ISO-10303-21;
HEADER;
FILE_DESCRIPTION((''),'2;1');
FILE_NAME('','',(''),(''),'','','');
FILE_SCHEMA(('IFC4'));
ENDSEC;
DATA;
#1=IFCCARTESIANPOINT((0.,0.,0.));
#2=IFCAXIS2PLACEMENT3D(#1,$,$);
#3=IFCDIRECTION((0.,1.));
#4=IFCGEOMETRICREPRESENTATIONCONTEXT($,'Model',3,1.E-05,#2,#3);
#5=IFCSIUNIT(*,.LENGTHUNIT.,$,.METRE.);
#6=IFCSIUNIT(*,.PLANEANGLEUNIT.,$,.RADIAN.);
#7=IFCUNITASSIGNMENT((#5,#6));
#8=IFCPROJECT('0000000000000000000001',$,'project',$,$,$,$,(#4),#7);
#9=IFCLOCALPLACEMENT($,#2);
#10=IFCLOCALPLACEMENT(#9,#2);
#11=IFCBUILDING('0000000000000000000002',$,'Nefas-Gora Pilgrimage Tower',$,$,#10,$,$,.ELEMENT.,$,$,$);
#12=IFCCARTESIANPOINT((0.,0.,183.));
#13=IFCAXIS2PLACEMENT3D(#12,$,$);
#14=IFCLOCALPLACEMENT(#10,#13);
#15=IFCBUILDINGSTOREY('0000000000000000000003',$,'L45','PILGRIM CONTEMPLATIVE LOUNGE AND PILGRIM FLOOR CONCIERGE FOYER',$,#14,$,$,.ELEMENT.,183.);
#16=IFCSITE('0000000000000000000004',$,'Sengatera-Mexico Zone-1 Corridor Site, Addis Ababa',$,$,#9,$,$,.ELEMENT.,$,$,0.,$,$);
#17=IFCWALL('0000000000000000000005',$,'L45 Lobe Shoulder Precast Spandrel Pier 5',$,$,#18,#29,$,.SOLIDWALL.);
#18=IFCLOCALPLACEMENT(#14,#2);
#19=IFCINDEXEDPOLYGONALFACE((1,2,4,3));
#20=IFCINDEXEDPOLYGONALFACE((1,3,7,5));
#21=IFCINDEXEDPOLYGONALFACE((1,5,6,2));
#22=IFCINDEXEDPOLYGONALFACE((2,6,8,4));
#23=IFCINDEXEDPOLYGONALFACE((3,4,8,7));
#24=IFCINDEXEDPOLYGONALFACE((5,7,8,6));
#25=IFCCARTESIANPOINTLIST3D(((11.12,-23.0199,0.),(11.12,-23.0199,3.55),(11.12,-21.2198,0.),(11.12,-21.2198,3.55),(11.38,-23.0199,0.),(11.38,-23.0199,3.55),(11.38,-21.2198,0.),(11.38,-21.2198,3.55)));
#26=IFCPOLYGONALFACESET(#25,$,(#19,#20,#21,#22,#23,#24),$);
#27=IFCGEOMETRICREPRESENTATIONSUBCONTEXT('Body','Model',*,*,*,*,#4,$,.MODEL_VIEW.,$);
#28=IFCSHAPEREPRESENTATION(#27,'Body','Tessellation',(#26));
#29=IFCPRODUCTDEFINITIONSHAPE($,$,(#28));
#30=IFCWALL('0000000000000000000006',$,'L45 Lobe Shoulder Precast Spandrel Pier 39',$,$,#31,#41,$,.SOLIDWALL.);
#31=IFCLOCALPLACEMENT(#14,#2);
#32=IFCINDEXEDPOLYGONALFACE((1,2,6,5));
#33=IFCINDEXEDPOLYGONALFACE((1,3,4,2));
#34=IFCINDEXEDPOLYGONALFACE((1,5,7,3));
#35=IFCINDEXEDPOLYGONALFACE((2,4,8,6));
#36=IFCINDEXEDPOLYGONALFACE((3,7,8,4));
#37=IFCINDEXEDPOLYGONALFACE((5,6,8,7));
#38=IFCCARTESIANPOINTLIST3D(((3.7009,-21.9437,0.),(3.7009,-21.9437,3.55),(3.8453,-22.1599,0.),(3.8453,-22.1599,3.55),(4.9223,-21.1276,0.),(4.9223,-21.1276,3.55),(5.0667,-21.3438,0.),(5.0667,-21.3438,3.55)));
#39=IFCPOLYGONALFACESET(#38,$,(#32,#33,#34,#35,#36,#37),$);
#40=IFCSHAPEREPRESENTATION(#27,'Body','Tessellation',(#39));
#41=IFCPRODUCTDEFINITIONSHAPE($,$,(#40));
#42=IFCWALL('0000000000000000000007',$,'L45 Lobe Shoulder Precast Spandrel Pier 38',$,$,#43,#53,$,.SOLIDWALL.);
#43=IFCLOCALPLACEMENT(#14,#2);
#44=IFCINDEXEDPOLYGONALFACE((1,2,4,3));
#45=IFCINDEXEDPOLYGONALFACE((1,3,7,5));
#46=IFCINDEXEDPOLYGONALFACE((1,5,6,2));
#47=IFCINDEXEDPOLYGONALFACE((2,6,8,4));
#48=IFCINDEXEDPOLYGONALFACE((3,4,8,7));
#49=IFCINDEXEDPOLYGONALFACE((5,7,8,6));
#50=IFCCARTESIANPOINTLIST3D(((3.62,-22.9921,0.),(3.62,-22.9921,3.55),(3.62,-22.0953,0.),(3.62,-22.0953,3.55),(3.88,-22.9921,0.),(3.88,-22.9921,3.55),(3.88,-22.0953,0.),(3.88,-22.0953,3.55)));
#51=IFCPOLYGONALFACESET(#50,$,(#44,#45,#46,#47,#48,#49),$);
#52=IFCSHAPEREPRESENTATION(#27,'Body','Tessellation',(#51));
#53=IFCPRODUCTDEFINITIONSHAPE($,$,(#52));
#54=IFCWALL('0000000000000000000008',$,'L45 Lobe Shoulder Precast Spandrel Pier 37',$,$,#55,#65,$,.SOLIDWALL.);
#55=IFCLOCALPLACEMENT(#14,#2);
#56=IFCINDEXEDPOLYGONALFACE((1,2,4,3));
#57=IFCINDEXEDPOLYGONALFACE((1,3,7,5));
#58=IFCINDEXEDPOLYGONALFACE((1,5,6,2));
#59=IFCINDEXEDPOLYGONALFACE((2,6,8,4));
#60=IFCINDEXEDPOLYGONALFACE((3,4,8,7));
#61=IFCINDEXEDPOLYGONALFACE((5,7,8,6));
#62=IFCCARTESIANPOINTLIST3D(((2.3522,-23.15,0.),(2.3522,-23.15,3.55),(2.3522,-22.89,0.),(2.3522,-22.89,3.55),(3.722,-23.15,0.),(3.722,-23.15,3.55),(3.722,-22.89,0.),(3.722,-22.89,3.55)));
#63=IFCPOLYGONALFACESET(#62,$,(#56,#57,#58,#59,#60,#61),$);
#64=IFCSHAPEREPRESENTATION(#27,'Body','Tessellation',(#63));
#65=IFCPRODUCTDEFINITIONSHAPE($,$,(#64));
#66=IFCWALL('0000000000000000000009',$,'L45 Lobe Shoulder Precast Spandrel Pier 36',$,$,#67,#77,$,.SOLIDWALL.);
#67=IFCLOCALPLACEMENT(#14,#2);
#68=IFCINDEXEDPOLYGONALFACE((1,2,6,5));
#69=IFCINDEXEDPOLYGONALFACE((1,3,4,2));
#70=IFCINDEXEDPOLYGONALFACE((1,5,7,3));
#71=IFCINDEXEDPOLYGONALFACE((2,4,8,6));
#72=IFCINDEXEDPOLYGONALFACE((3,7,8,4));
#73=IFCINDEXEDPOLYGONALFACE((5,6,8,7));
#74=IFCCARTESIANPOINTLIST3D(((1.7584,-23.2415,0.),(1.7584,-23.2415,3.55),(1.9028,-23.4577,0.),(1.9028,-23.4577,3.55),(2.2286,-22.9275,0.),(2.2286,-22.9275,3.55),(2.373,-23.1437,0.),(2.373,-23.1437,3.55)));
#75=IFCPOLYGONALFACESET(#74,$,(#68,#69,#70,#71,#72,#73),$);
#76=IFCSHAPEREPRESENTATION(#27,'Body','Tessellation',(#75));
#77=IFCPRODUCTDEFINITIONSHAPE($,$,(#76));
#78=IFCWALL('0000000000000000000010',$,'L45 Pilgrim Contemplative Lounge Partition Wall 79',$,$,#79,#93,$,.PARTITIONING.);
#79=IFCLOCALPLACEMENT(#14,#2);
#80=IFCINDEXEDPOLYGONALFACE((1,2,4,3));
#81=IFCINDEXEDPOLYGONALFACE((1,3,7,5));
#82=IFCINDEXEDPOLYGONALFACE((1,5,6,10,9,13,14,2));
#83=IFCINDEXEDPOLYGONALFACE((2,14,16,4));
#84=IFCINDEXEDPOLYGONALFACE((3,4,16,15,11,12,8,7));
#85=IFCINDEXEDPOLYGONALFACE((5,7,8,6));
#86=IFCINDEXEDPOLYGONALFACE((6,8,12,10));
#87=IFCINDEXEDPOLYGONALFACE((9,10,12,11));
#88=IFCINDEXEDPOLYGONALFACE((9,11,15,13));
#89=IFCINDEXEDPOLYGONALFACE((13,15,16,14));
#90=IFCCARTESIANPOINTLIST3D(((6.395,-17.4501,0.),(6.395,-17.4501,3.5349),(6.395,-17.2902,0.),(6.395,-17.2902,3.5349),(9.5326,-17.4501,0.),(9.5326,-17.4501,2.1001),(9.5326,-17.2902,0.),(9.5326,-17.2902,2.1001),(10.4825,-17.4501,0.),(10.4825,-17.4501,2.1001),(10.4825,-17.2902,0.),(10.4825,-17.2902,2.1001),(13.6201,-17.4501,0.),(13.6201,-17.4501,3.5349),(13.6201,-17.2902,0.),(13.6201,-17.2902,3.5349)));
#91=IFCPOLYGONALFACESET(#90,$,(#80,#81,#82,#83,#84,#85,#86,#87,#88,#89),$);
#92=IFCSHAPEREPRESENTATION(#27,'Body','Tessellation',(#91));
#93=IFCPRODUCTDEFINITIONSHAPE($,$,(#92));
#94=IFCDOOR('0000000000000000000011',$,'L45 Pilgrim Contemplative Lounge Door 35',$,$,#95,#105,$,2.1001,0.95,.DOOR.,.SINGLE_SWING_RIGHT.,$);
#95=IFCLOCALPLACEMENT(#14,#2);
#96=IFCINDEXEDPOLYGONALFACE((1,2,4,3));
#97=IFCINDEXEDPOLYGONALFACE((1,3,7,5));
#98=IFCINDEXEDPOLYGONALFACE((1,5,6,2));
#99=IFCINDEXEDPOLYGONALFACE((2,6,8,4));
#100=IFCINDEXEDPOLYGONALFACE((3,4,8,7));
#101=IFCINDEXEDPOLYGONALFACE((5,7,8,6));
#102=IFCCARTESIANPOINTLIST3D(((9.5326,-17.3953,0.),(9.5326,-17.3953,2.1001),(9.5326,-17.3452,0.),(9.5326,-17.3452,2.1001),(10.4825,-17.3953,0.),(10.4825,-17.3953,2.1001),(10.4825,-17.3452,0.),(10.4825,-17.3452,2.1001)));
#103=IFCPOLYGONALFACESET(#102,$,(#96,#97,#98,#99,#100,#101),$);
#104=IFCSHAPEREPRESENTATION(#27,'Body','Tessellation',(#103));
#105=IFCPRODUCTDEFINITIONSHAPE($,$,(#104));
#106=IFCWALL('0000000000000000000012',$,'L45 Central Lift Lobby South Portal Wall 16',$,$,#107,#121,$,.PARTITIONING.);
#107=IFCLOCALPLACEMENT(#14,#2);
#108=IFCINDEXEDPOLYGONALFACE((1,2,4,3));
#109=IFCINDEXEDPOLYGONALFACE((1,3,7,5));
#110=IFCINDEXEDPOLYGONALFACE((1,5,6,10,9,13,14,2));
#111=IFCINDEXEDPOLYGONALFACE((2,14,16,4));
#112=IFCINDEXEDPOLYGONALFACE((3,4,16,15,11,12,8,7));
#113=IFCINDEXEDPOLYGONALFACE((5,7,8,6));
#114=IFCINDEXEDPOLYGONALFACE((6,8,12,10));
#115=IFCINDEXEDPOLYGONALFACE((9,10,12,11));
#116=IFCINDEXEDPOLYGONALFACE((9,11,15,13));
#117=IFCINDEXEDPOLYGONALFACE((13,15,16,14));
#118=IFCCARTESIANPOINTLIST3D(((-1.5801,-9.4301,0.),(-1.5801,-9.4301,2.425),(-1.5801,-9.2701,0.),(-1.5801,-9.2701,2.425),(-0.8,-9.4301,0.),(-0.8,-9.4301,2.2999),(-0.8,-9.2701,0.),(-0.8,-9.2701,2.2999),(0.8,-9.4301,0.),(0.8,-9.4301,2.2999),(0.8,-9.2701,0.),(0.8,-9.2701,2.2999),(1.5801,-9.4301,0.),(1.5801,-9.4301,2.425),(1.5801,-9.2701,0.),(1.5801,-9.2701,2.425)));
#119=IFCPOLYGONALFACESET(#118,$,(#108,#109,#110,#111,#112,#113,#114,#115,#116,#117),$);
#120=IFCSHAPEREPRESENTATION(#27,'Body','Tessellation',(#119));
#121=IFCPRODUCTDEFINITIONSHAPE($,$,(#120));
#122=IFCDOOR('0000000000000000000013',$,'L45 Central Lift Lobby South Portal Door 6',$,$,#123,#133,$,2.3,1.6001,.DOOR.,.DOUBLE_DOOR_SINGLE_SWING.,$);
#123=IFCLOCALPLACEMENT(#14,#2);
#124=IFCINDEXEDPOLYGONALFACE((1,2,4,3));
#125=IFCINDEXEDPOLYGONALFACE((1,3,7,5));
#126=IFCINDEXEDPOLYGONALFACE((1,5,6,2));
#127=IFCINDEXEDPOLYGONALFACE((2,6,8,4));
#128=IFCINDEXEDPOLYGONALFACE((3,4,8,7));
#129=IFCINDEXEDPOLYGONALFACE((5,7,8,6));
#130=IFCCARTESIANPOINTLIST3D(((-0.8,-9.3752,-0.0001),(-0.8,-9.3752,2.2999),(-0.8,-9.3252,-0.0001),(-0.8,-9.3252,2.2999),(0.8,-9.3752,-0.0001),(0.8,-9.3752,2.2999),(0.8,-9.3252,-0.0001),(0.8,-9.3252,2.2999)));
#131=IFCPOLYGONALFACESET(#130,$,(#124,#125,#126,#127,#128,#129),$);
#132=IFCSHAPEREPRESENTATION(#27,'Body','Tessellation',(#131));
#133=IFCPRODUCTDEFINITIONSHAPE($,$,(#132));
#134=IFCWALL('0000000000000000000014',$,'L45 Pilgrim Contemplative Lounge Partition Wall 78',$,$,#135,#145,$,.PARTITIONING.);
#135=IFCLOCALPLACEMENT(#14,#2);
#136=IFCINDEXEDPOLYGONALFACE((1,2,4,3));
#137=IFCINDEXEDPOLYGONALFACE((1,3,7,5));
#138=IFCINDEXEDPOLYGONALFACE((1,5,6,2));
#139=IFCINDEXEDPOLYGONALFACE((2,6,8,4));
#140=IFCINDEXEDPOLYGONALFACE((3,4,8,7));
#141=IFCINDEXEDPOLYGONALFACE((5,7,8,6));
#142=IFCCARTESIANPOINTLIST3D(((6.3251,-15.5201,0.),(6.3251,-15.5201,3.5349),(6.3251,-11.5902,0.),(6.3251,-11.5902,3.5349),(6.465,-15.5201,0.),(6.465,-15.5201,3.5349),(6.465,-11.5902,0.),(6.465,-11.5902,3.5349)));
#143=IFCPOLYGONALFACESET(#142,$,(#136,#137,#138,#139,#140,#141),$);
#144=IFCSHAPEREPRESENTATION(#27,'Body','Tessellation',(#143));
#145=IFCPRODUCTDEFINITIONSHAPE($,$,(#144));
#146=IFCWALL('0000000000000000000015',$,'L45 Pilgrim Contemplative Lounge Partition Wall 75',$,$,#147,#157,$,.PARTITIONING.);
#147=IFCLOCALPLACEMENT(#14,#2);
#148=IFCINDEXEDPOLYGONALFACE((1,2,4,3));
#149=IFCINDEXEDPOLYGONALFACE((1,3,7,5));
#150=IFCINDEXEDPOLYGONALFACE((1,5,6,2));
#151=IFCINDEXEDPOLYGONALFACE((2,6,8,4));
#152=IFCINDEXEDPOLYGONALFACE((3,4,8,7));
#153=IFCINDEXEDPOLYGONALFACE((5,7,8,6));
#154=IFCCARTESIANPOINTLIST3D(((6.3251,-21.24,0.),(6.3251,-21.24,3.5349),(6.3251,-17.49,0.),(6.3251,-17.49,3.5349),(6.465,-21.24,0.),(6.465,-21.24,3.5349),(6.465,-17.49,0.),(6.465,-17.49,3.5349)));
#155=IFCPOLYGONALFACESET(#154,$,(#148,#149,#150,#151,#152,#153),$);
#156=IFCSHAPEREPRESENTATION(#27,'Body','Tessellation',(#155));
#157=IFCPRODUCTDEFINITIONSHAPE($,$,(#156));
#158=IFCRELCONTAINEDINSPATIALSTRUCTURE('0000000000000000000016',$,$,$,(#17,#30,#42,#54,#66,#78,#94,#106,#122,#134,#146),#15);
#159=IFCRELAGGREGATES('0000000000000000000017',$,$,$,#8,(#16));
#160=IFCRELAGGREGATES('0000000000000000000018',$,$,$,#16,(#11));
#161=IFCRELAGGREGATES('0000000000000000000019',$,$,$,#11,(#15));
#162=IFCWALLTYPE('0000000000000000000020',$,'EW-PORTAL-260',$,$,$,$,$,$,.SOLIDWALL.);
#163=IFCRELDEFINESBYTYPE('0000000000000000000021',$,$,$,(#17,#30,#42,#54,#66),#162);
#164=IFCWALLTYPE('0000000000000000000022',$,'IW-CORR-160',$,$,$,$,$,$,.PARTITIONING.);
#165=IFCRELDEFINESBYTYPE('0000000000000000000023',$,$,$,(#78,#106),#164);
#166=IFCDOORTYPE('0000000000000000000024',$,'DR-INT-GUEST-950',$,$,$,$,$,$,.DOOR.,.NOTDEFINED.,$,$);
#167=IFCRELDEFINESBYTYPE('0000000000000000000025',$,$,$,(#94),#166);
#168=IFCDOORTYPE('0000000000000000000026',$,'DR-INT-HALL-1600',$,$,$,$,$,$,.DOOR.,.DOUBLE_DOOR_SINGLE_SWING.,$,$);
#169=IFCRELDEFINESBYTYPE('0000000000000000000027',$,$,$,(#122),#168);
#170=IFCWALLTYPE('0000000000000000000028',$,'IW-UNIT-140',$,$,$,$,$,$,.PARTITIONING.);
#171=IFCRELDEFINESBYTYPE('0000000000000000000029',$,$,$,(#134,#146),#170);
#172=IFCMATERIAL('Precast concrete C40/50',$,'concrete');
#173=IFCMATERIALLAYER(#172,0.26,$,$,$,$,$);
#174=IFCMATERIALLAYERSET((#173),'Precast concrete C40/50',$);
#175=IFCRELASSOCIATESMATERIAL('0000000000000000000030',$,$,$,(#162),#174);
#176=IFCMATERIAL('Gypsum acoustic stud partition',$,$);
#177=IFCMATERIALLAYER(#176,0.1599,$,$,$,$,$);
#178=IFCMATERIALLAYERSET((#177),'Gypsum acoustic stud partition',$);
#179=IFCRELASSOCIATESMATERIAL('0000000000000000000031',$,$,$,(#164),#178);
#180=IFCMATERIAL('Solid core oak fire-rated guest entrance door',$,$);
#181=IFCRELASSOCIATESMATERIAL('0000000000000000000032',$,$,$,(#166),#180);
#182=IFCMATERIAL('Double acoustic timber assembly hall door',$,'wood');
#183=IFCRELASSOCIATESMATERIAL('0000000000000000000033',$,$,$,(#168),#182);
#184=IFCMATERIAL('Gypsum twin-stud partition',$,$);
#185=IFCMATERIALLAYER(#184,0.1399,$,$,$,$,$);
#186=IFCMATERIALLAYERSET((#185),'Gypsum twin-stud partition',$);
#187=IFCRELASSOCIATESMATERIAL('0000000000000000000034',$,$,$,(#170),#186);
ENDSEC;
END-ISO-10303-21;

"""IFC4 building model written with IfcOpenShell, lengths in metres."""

from ifc_helpers import new_model, si_unit, direction, frame, frame_2d, origin, place, context, subcontext, project, spatial, rectangle, extrude, source, transform, mapped, material, layer, layer_set, type_object, element, fill, save


model = new_model("IFC4")

# Units and contexts
model_context = context("Model", 3, precision=1e-05, world=origin(), true_north=direction((0.0, 1.0)))
body_context = subcontext(model_context, "Body", "Model", "MODEL_VIEW")
ifc_project = project(units=[si_unit("LENGTHUNIT", "METRE"), si_unit("PLANEANGLEUNIT", "RADIAN")], contexts=[model_context])

# Site, building, storey
site_placement = place(None, origin())
site = spatial("IfcSite", under=ifc_project, at=site_placement, Name="Sengatera-Mexico Zone-1 Corridor Site, Addis Ababa", CompositionType="ELEMENT", RefElevation=0.0)
building_placement = place(site_placement, origin())
building = spatial("IfcBuilding", under=site, at=building_placement, Name="Nefas-Gora Pilgrimage Tower", CompositionType="ELEMENT")
storey_placement = place(building_placement, frame((0.0, 0.0, 183.0)))
storey = spatial("IfcBuildingStorey", under=building, at=storey_placement, Name="L45", Description="PILGRIM CONTEMPLATIVE LOUNGE AND PILGRIM FLOOR CONCIERGE FOYER", CompositionType="ELEMENT", Elevation=183.0)

# Walls
ifc_material_1 = material(Name="Precast concrete C40/50", Category="concrete")
ifc_layer_1 = layer(ifc_material_1, 0.26)
ifc_layer_set_1 = layer_set([ifc_layer_1], Name="Precast concrete C40/50")
wall_type_1 = type_object("IfcWallType", Name="EW-PORTAL-260", PredefinedType="SOLIDWALL", material=ifc_layer_set_1)
shared_shape_1 = source(origin(), body_context, "Body", "SweptSolid", [
    extrude(rectangle(XDim=1.8, YDim=0.26, at=frame_2d((0.8999, 0.0))), origin(), (0.0, 0.0, 1.0), 3.55),
])
wall_1_placement = place(storey_placement, frame((11.25, -21.22, 0.0), z_axis=(0.0, 0.0, 1.0), x_axis=(0.0, -1.0, 0.0)))
element("IfcWall", 1, at=wall_1_placement, inside=storey, type_object=wall_type_1, Name="L45 Lobe Shoulder Precast Spandrel Pier 5", PredefinedType="SOLIDWALL", context=body_context, shape_type="MappedRepresentation", body=[
    mapped(shared_shape_1, transform((0.0, 0.0, 0.0), x_axis=(1.0, 0.0, 0.0), y_axis=(0.0, 1.0, 0.0), z_axis=(0.0, 0.0, 1.0), scale=1.0)),
])
shared_shape_2 = source(origin(), body_context, "Body", "SweptSolid", [
    extrude(rectangle(XDim=1.469, YDim=0.26, at=frame_2d((0.7344, 0.0))), origin(), (0.0, 0.0, 1.0), 3.55),
])
wall_2_placement = place(storey_placement, frame((3.7732, -22.0518, 0.0), z_axis=(0.0, 0.0, 1.0), x_axis=(0.831462, 0.555582, 0.0)))
element("IfcWall", 2, at=wall_2_placement, inside=storey, type_object=wall_type_1, Name="L45 Lobe Shoulder Precast Spandrel Pier 39", PredefinedType="SOLIDWALL", context=body_context, shape_type="MappedRepresentation", body=[
    mapped(shared_shape_2, transform((0.0, 0.0, 0.0), x_axis=(1.0, 0.0, 0.0), y_axis=(0.0, 1.0, 0.0), z_axis=(0.0, 0.0, 1.0), scale=1.0)),
])
shared_shape_3 = source(origin(), body_context, "Body", "SweptSolid", [
    extrude(rectangle(XDim=0.8967, YDim=0.26, at=frame_2d((0.4482, 0.0))), origin(), (0.0, 0.0, 1.0), 3.55),
])
wall_3_placement = place(storey_placement, frame((3.75, -22.9919, 0.0), z_axis=(0.0, 0.0, 1.0), x_axis=(0.0, 1.0, 0.0)))
element("IfcWall", 3, at=wall_3_placement, inside=storey, type_object=wall_type_1, Name="L45 Lobe Shoulder Precast Spandrel Pier 38", PredefinedType="SOLIDWALL", context=body_context, shape_type="MappedRepresentation", body=[
    mapped(shared_shape_3, transform((0.0, 0.0, 0.0), x_axis=(1.0, 0.0, 0.0), y_axis=(0.0, 1.0, 0.0), z_axis=(0.0, 0.0, 1.0), scale=1.0)),
])
shared_shape_4 = source(origin(), body_context, "Body", "SweptSolid", [
    extrude(rectangle(XDim=1.3699, YDim=0.26, at=frame_2d((0.6851, 0.0))), origin(), (0.0, 0.0, 1.0), 3.55),
])
wall_4_placement = place(storey_placement, frame((2.3521, -23.02, 0.0), z_axis=(0.0, 0.0, 1.0), x_axis=(1.0, 0.0, 0.0)))
element("IfcWall", 4, at=wall_4_placement, inside=storey, type_object=wall_type_1, Name="L45 Lobe Shoulder Precast Spandrel Pier 37", PredefinedType="SOLIDWALL", context=body_context, shape_type="MappedRepresentation", body=[
    mapped(shared_shape_4, transform((0.0, 0.0, 0.0), x_axis=(1.0, 0.0, 0.0), y_axis=(0.0, 1.0, 0.0), z_axis=(0.0, 0.0, 1.0), scale=1.0)),
])
shared_shape_5 = source(origin(), body_context, "Body", "SweptSolid", [
    extrude(rectangle(XDim=0.5654, YDim=0.26, at=frame_2d((0.2827, 0.0))), origin(), (0.0, 0.0, 1.0), 3.55),
])
wall_5_placement = place(storey_placement, frame((1.8306, -23.3496, 0.0), z_axis=(0.0, 0.0, 1.0), x_axis=(0.831651, 0.555298, 0.0)))
element("IfcWall", 5, at=wall_5_placement, inside=storey, type_object=wall_type_1, Name="L45 Lobe Shoulder Precast Spandrel Pier 36", PredefinedType="SOLIDWALL", context=body_context, shape_type="MappedRepresentation", body=[
    mapped(shared_shape_5, transform((0.0, 0.0, 0.0), x_axis=(1.0, 0.0, 0.0), y_axis=(0.0, 1.0, 0.0), z_axis=(0.0, 0.0, 1.0), scale=1.0)),
])

# Walls, openings, doors
ifc_material_2 = material(Name="Gypsum acoustic stud partition")
ifc_layer_2 = layer(ifc_material_2, 0.1599)
ifc_layer_set_2 = layer_set([ifc_layer_2], Name="Gypsum acoustic stud partition")
wall_type_2 = type_object("IfcWallType", Name="IW-CORR-160", PredefinedType="PARTITIONING", material=ifc_layer_set_2)
shared_shape_6 = source(origin(), body_context, "Body", "SweptSolid", [
    extrude(rectangle(XDim=7.2251, YDim=0.1599, at=frame_2d((3.6125, 0.0))), origin(), (0.0, 0.0, 1.0), 3.5349),
])
wall_6_placement = place(storey_placement, frame((6.395, -17.3701, 0.0), z_axis=(0.0, 0.0, 1.0), x_axis=(1.0, 0.0, 0.0)))
wall_6 = element("IfcWall", 6, at=wall_6_placement, inside=storey, type_object=wall_type_2, Name="L45 Pilgrim Contemplative Lounge Partition Wall 79", PredefinedType="PARTITIONING", context=body_context, shape_type="MappedRepresentation", body=[
    mapped(shared_shape_6, transform((0.0, 0.0, 0.0), x_axis=(1.0, 0.0, 0.0), y_axis=(0.0, 1.0, 0.0), z_axis=(0.0, 0.0, 1.0), scale=1.0)),
])
opening_1_placement = place(wall_6_placement, frame((3.1375, 0.0, 0.0)))
opening_1 = element("IfcOpeningElement", 7, at=opening_1_placement, cuts=wall_6, PredefinedType="OPENING", context=body_context, shape_type="SweptSolid", body=[
    extrude(rectangle(XDim=0.95, YDim=2.1001, at=frame_2d((0.4751, 1.05))), frame((0.0, 0.0898, 0.0), z_axis=(0.0, -1.0, 0.0), x_axis=(1.0, 0.0, 0.0)), (0.0, 0.0, 1.0), 0.1799),
])
ifc_material_3 = material(Name="Solid core oak fire-rated guest entrance door")
door_type_1 = type_object("IfcDoorType", Name="DR-INT-GUEST-950", OperationType="NOTDEFINED", PredefinedType="DOOR", material=ifc_material_3)
shared_shape_7 = source(origin(), body_context, "Body", "SweptSolid", [
    extrude(rectangle(XDim=0.95, YDim=2.1001, at=frame_2d((0.4751, 1.05))), frame((0.0, 0.0249, 0.0), z_axis=(0.0, -1.0, 0.0), x_axis=(1.0, 0.0, 0.0)), (0.0, 0.0, 1.0), 0.05),
])
door_1_placement = place(opening_1_placement, origin())
door_1 = element("IfcDoor", 8, at=door_1_placement, inside=storey, type_object=door_type_1, Name="L45 Pilgrim Contemplative Lounge Door 35", OperationType="SINGLE_SWING_RIGHT", OverallHeight=2.1001, OverallWidth=0.95, PredefinedType="DOOR", context=body_context, shape_type="MappedRepresentation", body=[
    mapped(shared_shape_7, transform((0.0, 0.0, 0.0), x_axis=(1.0, 0.0, 0.0), y_axis=(0.0, 1.0, 0.0), z_axis=(0.0, 0.0, 1.0), scale=1.0)),
])
fill(opening_1, door_1)
shared_shape_8 = source(origin(), body_context, "Body", "SweptSolid", [
    extrude(rectangle(XDim=3.1602, YDim=0.1599, at=frame_2d((1.5801, 0.0))), origin(), (0.0, 0.0, 1.0), 2.425),
])
wall_7_placement = place(storey_placement, frame((-1.5801, -9.3501, 0.0), z_axis=(0.0, 0.0, 1.0), x_axis=(1.0, 0.0, 0.0)))
wall_7 = element("IfcWall", 9, at=wall_7_placement, inside=storey, type_object=wall_type_2, Name="L45 Central Lift Lobby South Portal Wall 16", PredefinedType="PARTITIONING", context=body_context, shape_type="MappedRepresentation", body=[
    mapped(shared_shape_8, transform((0.0, 0.0, 0.0), x_axis=(1.0, 0.0, 0.0), y_axis=(0.0, 1.0, 0.0), z_axis=(0.0, 0.0, 1.0), scale=1.0)),
])
opening_2_placement = place(wall_7_placement, frame((0.78, 0.0, 0.0)))
opening_2 = element("IfcOpeningElement", 10, at=opening_2_placement, cuts=wall_7, PredefinedType="OPENING", context=body_context, shape_type="SweptSolid", body=[
    extrude(rectangle(XDim=1.6001, YDim=2.3, at=frame_2d((0.8, 1.1499))), frame((0.0, 0.0898, 0.0), z_axis=(0.0, -1.0, 0.0), x_axis=(1.0, 0.0, 0.0)), (0.0, 0.0, 1.0), 0.1799),
])
ifc_material_4 = material(Name="Double acoustic timber assembly hall door", Category="wood")
door_type_2 = type_object("IfcDoorType", Name="DR-INT-HALL-1600", OperationType="DOUBLE_DOOR_SINGLE_SWING", PredefinedType="DOOR", material=ifc_material_4)
shared_shape_9 = source(origin(), body_context, "Body", "SweptSolid", [
    extrude(rectangle(XDim=1.6001, YDim=2.3, at=frame_2d((0.8, 1.1499))), frame((0.0, 0.0249, 0.0), z_axis=(0.0, -1.0, 0.0), x_axis=(1.0, 0.0, 0.0)), (0.0, 0.0, 1.0), 0.05),
])
door_2_placement = place(opening_2_placement, origin())
door_2 = element("IfcDoor", 11, at=door_2_placement, inside=storey, type_object=door_type_2, Name="L45 Central Lift Lobby South Portal Door 6", OperationType="DOUBLE_DOOR_SINGLE_SWING", OverallHeight=2.3, OverallWidth=1.6001, PredefinedType="DOOR", context=body_context, shape_type="MappedRepresentation", body=[
    mapped(shared_shape_9, transform((0.0, 0.0, 0.0), x_axis=(1.0, 0.0, 0.0), y_axis=(0.0, 1.0, 0.0), z_axis=(0.0, 0.0, 1.0), scale=1.0)),
])
fill(opening_2, door_2)

# Walls
ifc_material_5 = material(Name="Gypsum twin-stud partition")
ifc_layer_3 = layer(ifc_material_5, 0.1399)
ifc_layer_set_3 = layer_set([ifc_layer_3], Name="Gypsum twin-stud partition")
wall_type_3 = type_object("IfcWallType", Name="IW-UNIT-140", PredefinedType="PARTITIONING", material=ifc_layer_set_3)
shared_shape_10 = source(origin(), body_context, "Body", "SweptSolid", [
    extrude(rectangle(XDim=3.9299, YDim=0.1399, at=frame_2d((1.9648, 0.0))), origin(), (0.0, 0.0, 1.0), 3.5349),
])
wall_8_placement = place(storey_placement, frame((6.395, -15.52, 0.0), z_axis=(0.0, 0.0, 1.0), x_axis=(0.0, 1.0, 0.0)))
element("IfcWall", 12, at=wall_8_placement, inside=storey, type_object=wall_type_3, Name="L45 Pilgrim Contemplative Lounge Partition Wall 78", PredefinedType="PARTITIONING", context=body_context, shape_type="MappedRepresentation", body=[
    mapped(shared_shape_10, transform((0.0, 0.0, 0.0), x_axis=(1.0, 0.0, 0.0), y_axis=(0.0, 1.0, 0.0), z_axis=(0.0, 0.0, 1.0), scale=1.0)),
])
shared_shape_11 = source(origin(), body_context, "Body", "SweptSolid", [
    extrude(rectangle(XDim=3.75, YDim=0.1399, at=frame_2d((1.875, 0.0))), origin(), (0.0, 0.0, 1.0), 3.5349),
])
wall_9_placement = place(storey_placement, frame((6.395, -21.24, 0.0), z_axis=(0.0, 0.0, 1.0), x_axis=(0.0, 1.0, 0.0)))
element("IfcWall", 13, at=wall_9_placement, inside=storey, type_object=wall_type_3, Name="L45 Pilgrim Contemplative Lounge Partition Wall 75", PredefinedType="PARTITIONING", context=body_context, shape_type="MappedRepresentation", body=[
    mapped(shared_shape_11, transform((0.0, 0.0, 0.0), x_axis=(1.0, 0.0, 0.0), y_axis=(0.0, 1.0, 0.0), z_axis=(0.0, 0.0, 1.0), scale=1.0)),
])

save(model, "model.ifc")
